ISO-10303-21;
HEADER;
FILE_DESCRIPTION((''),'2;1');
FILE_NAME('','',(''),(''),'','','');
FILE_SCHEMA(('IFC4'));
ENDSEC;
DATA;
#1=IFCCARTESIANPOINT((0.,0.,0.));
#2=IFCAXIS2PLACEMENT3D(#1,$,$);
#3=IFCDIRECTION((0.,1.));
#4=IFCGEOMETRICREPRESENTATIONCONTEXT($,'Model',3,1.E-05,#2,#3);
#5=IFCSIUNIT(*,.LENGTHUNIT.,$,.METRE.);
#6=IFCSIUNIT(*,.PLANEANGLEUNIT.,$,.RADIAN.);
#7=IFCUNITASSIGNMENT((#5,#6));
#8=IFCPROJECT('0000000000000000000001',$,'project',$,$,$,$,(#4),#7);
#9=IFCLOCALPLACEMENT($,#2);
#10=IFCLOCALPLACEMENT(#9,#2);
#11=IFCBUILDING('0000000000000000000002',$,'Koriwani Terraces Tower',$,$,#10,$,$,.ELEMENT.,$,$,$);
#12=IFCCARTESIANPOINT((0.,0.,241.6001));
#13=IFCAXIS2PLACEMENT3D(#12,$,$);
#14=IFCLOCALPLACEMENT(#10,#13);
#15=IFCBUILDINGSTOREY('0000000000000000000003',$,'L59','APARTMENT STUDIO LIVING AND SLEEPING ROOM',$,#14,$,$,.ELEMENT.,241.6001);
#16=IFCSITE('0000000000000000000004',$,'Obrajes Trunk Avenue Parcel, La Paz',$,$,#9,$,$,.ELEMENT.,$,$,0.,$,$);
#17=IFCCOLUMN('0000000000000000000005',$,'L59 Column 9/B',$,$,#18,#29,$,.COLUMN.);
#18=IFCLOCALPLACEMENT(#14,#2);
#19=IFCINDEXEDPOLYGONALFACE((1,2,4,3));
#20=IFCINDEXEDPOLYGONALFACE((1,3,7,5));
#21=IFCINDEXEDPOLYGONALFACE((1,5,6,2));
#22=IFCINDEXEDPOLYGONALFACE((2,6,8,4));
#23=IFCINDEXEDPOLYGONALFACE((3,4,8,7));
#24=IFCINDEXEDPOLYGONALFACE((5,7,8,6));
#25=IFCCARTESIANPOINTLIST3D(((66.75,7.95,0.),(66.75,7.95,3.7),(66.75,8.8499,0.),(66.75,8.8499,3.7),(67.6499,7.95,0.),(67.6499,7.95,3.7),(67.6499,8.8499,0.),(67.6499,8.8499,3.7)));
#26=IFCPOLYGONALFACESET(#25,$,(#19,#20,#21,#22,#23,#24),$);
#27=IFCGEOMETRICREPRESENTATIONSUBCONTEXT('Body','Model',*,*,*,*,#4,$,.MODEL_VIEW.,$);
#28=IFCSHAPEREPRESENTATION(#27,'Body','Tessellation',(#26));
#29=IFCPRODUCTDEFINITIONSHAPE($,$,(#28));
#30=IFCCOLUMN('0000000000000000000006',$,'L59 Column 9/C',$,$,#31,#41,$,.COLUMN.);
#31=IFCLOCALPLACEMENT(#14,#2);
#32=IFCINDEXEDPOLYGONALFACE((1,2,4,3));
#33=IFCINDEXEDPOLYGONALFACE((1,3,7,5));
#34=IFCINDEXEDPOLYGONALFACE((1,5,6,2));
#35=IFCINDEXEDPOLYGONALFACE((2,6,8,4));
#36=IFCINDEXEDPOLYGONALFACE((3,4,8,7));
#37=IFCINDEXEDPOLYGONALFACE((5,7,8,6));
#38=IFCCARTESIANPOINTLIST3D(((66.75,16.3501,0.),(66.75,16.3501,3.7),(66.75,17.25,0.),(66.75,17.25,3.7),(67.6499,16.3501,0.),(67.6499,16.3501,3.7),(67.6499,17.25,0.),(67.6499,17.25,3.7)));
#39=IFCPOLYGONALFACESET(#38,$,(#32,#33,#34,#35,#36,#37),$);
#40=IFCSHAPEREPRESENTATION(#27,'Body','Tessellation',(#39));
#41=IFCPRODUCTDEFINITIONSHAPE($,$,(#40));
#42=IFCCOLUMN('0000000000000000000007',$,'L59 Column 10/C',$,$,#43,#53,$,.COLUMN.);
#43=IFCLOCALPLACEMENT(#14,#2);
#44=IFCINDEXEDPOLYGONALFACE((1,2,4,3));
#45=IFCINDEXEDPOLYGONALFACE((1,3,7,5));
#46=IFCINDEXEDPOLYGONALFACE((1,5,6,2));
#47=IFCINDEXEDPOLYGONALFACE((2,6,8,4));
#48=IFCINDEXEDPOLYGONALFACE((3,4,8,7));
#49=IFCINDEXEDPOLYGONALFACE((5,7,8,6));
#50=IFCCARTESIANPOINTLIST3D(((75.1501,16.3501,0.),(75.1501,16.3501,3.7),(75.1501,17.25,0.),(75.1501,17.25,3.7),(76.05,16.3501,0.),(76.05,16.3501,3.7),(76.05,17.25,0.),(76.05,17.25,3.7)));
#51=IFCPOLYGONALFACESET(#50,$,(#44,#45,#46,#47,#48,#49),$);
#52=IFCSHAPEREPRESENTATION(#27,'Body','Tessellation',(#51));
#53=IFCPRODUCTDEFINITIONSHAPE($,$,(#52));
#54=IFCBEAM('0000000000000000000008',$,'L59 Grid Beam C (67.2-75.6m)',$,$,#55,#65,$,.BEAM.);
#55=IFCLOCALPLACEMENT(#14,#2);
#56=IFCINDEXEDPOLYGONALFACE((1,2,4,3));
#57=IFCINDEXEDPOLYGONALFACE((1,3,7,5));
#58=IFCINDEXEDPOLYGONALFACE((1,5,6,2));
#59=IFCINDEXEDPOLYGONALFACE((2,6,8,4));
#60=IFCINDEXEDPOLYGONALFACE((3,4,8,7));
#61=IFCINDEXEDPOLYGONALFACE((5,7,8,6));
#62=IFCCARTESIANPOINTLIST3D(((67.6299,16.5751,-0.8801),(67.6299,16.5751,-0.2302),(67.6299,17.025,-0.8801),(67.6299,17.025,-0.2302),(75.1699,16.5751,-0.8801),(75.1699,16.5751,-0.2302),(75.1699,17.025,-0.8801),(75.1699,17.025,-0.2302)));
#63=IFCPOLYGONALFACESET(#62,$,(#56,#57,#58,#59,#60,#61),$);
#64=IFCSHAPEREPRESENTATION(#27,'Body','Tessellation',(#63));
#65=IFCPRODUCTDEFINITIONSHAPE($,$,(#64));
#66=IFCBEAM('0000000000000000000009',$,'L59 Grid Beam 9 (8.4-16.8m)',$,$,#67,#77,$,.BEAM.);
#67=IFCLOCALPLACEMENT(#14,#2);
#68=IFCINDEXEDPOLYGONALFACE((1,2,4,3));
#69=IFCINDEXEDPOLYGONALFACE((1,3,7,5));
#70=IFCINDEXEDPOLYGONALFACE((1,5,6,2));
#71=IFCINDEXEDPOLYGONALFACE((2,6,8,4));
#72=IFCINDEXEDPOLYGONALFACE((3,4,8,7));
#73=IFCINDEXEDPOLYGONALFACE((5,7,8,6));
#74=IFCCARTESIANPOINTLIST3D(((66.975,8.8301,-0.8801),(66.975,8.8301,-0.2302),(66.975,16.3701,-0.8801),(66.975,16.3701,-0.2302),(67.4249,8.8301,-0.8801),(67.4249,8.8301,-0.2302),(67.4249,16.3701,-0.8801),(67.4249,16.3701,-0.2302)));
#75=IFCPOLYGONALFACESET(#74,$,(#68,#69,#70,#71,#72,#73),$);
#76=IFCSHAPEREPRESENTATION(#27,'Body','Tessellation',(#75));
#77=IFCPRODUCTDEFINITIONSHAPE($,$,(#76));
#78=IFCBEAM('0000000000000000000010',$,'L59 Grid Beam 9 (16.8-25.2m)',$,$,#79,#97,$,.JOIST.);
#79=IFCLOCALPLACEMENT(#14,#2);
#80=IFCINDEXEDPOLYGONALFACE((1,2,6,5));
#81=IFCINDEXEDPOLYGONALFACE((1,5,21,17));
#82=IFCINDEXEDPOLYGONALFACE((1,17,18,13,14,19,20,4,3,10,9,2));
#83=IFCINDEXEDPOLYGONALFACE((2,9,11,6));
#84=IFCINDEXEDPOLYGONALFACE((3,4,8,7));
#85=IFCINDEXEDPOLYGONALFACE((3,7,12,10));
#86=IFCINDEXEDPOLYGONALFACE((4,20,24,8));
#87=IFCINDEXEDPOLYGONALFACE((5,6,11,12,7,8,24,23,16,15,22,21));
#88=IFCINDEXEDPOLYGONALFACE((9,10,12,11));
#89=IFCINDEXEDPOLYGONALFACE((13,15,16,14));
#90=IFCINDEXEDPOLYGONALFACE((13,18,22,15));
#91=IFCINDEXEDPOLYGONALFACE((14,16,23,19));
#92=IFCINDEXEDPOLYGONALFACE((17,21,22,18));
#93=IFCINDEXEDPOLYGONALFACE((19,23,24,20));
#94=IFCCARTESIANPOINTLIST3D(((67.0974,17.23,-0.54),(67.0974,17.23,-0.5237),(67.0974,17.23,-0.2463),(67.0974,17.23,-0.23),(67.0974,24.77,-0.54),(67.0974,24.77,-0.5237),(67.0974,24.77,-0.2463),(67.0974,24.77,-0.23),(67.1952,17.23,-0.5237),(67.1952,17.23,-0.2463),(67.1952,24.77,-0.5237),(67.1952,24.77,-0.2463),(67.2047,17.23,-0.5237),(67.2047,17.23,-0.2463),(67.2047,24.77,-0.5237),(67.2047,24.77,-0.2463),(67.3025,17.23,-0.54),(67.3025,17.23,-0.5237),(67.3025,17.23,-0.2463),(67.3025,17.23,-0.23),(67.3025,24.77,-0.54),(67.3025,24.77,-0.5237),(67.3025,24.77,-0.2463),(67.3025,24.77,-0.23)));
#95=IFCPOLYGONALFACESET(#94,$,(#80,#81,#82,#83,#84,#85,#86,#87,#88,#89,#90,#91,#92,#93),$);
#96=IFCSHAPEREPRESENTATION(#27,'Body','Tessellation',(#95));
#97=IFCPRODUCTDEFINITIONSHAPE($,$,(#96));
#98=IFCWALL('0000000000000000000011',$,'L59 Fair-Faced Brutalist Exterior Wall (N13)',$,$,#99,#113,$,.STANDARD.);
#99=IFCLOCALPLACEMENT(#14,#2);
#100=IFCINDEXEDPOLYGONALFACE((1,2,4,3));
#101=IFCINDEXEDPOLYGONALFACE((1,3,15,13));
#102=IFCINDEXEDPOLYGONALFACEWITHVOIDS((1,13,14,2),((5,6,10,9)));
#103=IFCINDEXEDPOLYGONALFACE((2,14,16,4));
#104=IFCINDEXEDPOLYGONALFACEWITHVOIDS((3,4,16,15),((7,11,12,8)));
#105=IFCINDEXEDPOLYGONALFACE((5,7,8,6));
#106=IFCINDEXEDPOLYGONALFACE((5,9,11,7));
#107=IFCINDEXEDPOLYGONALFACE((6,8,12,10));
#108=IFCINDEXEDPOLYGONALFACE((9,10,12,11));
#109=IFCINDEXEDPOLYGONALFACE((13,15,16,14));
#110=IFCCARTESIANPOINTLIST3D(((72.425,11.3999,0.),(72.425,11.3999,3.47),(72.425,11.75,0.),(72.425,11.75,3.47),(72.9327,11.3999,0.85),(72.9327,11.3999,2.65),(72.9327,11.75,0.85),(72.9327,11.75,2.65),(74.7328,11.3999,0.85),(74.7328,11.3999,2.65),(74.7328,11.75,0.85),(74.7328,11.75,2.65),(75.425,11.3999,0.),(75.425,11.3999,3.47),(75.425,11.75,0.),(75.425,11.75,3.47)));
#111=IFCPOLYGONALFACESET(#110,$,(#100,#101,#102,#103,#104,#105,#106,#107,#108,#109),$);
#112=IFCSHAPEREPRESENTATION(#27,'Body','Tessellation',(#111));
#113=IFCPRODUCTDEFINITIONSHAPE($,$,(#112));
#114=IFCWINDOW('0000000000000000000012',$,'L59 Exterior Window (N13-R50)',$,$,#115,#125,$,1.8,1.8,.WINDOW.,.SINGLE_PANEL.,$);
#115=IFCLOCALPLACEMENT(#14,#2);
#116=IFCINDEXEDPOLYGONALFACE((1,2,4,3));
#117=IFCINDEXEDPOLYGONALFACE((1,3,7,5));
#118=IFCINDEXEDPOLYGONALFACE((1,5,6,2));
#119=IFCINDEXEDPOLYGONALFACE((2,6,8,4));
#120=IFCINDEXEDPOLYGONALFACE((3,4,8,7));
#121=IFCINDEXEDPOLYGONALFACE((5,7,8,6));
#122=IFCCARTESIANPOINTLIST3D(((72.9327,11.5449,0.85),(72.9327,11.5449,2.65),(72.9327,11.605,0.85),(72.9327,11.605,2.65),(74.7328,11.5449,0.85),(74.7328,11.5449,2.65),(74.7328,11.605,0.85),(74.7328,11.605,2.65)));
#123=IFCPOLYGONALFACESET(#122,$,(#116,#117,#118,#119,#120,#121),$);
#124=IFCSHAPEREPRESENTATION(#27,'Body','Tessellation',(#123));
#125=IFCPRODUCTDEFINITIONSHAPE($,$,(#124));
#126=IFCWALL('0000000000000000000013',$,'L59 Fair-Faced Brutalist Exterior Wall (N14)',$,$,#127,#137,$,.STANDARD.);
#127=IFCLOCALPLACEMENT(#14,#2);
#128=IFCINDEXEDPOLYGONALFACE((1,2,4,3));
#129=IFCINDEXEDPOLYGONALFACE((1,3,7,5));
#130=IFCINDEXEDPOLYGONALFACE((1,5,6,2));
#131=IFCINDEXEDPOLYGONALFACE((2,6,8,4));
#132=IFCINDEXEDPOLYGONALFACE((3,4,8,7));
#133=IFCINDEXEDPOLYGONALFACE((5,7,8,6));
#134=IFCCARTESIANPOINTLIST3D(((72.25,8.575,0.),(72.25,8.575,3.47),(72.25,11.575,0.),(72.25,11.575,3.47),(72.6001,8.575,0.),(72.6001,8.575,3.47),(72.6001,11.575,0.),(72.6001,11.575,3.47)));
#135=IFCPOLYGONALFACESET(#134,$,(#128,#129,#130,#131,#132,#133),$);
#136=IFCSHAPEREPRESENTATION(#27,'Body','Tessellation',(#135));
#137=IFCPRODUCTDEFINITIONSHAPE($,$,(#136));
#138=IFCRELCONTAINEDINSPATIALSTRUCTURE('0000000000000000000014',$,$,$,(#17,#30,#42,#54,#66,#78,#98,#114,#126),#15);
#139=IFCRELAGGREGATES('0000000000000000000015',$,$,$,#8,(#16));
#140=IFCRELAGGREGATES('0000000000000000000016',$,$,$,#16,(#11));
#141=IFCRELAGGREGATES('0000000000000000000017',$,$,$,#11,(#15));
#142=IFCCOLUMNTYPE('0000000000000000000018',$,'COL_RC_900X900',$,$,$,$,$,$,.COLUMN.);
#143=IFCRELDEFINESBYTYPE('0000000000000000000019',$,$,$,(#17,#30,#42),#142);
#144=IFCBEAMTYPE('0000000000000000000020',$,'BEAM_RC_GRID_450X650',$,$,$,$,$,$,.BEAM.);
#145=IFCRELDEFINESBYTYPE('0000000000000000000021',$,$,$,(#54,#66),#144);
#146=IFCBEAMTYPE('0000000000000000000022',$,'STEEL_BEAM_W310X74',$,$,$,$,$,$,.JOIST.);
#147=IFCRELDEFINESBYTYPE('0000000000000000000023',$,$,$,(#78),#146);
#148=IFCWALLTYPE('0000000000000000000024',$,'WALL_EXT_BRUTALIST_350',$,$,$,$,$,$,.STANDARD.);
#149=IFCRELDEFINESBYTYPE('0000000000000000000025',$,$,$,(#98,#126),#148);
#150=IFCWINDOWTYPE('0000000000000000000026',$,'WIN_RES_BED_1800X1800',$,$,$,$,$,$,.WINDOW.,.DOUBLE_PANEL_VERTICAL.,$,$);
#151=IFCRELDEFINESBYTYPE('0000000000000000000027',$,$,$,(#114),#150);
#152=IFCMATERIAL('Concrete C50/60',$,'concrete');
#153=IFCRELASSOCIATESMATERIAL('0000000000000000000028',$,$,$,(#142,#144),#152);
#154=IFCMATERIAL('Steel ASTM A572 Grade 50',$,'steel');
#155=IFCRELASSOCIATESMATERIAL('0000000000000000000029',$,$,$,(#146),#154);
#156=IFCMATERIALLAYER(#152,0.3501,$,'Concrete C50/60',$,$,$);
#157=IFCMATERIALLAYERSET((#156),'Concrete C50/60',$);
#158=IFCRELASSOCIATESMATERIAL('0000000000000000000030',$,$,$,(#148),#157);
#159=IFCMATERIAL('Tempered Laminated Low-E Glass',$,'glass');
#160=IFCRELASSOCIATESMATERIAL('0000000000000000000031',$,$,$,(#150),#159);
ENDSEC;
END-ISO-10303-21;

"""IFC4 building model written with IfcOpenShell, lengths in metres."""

from ifc_helpers import new_model, si_unit, direction, frame, frame_2d, origin, origin_2d, place, context, subcontext, project, spatial, rectangle, i_section, extrude, material, layer, layer_set, material_profile, profile_set, type_object, element, fill, save


model = new_model("IFC4")

# Units and contexts
model_context = context("Model", 3, precision=1e-05, world=origin(), true_north=direction((0.0, 1.0)))
body_context = subcontext(model_context, "Body", "Model", "MODEL_VIEW")
ifc_project = project(units=[si_unit("LENGTHUNIT", "METRE"), si_unit("PLANEANGLEUNIT", "RADIAN")], contexts=[model_context])

# Site, building, storey
site_placement = place(None, origin())
site = spatial("IfcSite", under=ifc_project, at=site_placement, Name="Obrajes Trunk Avenue Parcel, La Paz", CompositionType="ELEMENT", RefElevation=0.0)
building_placement = place(site_placement, origin())
building = spatial("IfcBuilding", under=site, at=building_placement, Name="Koriwani Terraces Tower", CompositionType="ELEMENT")
storey_placement = place(building_placement, frame((0.0, 0.0, 241.6001)))
storey = spatial("IfcBuildingStorey", under=building, at=storey_placement, Name="L59", Description="APARTMENT STUDIO LIVING AND SLEEPING ROOM", CompositionType="ELEMENT", Elevation=241.6001)

# Columns
ifc_material_1 = material(Name="Concrete C50/60", Category="concrete")
ifc_material_profile_1 = material_profile(ifc_material_1, rectangle(XDim=0.8999, YDim=0.8999, at=origin_2d()), Name="Concrete C50/60", Category="LoadBearing")
ifc_profile_set_1 = profile_set([ifc_material_profile_1], Name="Concrete C50/60")
column_type = type_object("IfcColumnType", Name="COL_RC_900X900", PredefinedType="COLUMN", material=ifc_profile_set_1)
for number, where, z_axis, x_axis, name in (
    (1, (67.2, 8.3999, 0.0), (0.0, 0.0, 1.0), (1.0, 0.0, 0.0), "L59 Column 9/B"),
    (2, (67.2, 16.8, 0.0), (0.0, 0.0, 1.0), (1.0, 0.0, 0.0), "L59 Column 9/C"),
    (3, (75.6001, 16.8, 0.0), (0.0, 0.0, 1.0), (1.0, 0.0, 0.0), "L59 Column 10/C"),
):
    element("IfcColumn", number, at=place(storey_placement, frame(where, z_axis=z_axis, x_axis=x_axis)), inside=storey, type_object=column_type, Name=name, PredefinedType="COLUMN", context=body_context, shape_type="SweptSolid", body=[
        extrude(rectangle(XDim=0.8999, YDim=0.8999, at=origin_2d()), origin(), (0.0, 0.0, 1.0), 3.7),
    ])

# Beams
ifc_material_profile_2 = material_profile(ifc_material_1, rectangle(XDim=0.45, YDim=0.6499, at=origin_2d()), Name="Concrete C50/60", Category="LoadBearing")
ifc_profile_set_2 = profile_set([ifc_material_profile_2], Name="Concrete C50/60")
beam_type_1 = type_object("IfcBeamType", Name="BEAM_RC_GRID_450X650", PredefinedType="BEAM", material=ifc_profile_set_2)
for number, where, z_axis, x_axis, name in (
    (4, (67.6299, 16.8, -0.5552), (1.0, 0.0, 0.0), (0.0, 1.0, 0.0), "L59 Grid Beam C (67.2-75.6m)"),
    (5, (67.2, 8.8301, -0.5552), (0.0, 1.0, 0.0), (-1.0, 0.0, 0.0), "L59 Grid Beam 9 (8.4-16.8m)"),
):
    element("IfcBeam", number, at=place(storey_placement, frame(where, z_axis=z_axis, x_axis=x_axis)), inside=storey, type_object=beam_type_1, Name=name, PredefinedType="BEAM", context=body_context, shape_type="SweptSolid", body=[
        extrude(rectangle(XDim=0.45, YDim=0.6499, at=origin_2d()), origin(), (0.0, 0.0, 1.0), 7.54),
    ])
ifc_material_2 = material(Name="Steel ASTM A572 Grade 50", Category="steel")
ifc_material_profile_3 = material_profile(ifc_material_2, i_section(OverallWidth=0.2051, OverallDepth=0.3101, WebThickness=0.0095, FlangeThickness=0.0164, at=origin_2d()), Name="Steel ASTM A572 Grade 50", Category="LoadBearing")
ifc_profile_set_3 = profile_set([ifc_material_profile_3], Name="Steel ASTM A572 Grade 50")
beam_type_2 = type_object("IfcBeamType", Name="STEEL_BEAM_W310X74", PredefinedType="JOIST", material=ifc_profile_set_3)
beam_placement = place(storey_placement, frame((67.2, 17.23, -0.385), z_axis=(0.0, 1.0, 0.0), x_axis=(-1.0, 0.0, 0.0)))
element("IfcBeam", 6, at=beam_placement, inside=storey, type_object=beam_type_2, Name="L59 Grid Beam 9 (16.8-25.2m)", PredefinedType="JOIST", context=body_context, shape_type="SweptSolid", body=[
    extrude(i_section(OverallWidth=0.2051, OverallDepth=0.3101, WebThickness=0.0095, FlangeThickness=0.0164, at=origin_2d()), origin(), (0.0, 0.0, 1.0), 7.54),
])

# Wall, opening, window
ifc_layer = layer(ifc_material_1, 0.3501, Name="Concrete C50/60")
ifc_layer_set = layer_set([ifc_layer], Name="Concrete C50/60")
wall_type = type_object("IfcWallType", Name="WALL_EXT_BRUTALIST_350", PredefinedType="STANDARD", material=ifc_layer_set)
wall_1_placement = place(storey_placement, frame((75.425, 11.575, 0.0), z_axis=(0.0, 0.0, 1.0), x_axis=(-1.0, 0.0, 0.0)))
wall_1 = element("IfcWall", 7, at=wall_1_placement, inside=storey, type_object=wall_type, Name="L59 Fair-Faced Brutalist Exterior Wall (N13)", PredefinedType="STANDARD", context=body_context, shape_type="SweptSolid", body=[
    extrude(rectangle(XDim=3.0, YDim=0.3501, at=frame_2d((1.5, 0.0))), origin(), (0.0, 0.0, 1.0), 3.47),
])
opening_1_placement = place(wall_1_placement, frame((0.6924, 0.0, 0.8501)))
opening_1 = element("IfcOpeningElement", 8, at=opening_1_placement, cuts=wall_1, PredefinedType="OPENING", context=body_context, shape_type="SweptSolid", body=[
    extrude(rectangle(XDim=1.8, YDim=1.8, at=frame_2d((0.8999, 0.8999))), frame((0.0, 0.1851, 0.0), z_axis=(0.0, -1.0, 0.0), x_axis=(1.0, 0.0, 0.0)), (0.0, 0.0, 1.0), 0.3701),
])
ifc_material_3 = material(Name="Tempered Laminated Low-E Glass", Category="glass")
window_type_1 = type_object("IfcWindowType", Name="WIN_RES_BED_1800X1800", PartitioningType="DOUBLE_PANEL_VERTICAL", PredefinedType="WINDOW", material=ifc_material_3)
window_1_placement = place(opening_1_placement, origin())
window_1 = element("IfcWindow", 9, at=window_1_placement, inside=storey, type_object=window_type_1, Name="L59 Exterior Window (N13-R50)", OverallHeight=1.8, OverallWidth=1.8, PartitioningType="SINGLE_PANEL", PredefinedType="WINDOW", context=body_context, shape_type="SweptSolid", body=[
    extrude(rectangle(XDim=1.8, YDim=1.8, at=frame_2d((0.8999, 0.8999))), frame((0.0, 0.03, 0.0), z_axis=(0.0, -1.0, 0.0), x_axis=(1.0, 0.0, 0.0)), (0.0, 0.0, 1.0), 0.0601),
])
fill(opening_1, window_1)

# Wall
wall_2_placement = place(storey_placement, frame((72.425, 11.575, 0.0), z_axis=(0.0, 0.0, 1.0), x_axis=(0.0, -1.0, 0.0)))
element("IfcWall", 10, at=wall_2_placement, inside=storey, type_object=wall_type, Name="L59 Fair-Faced Brutalist Exterior Wall (N14)", PredefinedType="STANDARD", context=body_context, shape_type="SweptSolid", body=[
    extrude(rectangle(XDim=3.0, YDim=0.3501, at=frame_2d((1.5, 0.0))), origin(), (0.0, 0.0, 1.0), 3.47),
])

save(model, "model.ifc")
